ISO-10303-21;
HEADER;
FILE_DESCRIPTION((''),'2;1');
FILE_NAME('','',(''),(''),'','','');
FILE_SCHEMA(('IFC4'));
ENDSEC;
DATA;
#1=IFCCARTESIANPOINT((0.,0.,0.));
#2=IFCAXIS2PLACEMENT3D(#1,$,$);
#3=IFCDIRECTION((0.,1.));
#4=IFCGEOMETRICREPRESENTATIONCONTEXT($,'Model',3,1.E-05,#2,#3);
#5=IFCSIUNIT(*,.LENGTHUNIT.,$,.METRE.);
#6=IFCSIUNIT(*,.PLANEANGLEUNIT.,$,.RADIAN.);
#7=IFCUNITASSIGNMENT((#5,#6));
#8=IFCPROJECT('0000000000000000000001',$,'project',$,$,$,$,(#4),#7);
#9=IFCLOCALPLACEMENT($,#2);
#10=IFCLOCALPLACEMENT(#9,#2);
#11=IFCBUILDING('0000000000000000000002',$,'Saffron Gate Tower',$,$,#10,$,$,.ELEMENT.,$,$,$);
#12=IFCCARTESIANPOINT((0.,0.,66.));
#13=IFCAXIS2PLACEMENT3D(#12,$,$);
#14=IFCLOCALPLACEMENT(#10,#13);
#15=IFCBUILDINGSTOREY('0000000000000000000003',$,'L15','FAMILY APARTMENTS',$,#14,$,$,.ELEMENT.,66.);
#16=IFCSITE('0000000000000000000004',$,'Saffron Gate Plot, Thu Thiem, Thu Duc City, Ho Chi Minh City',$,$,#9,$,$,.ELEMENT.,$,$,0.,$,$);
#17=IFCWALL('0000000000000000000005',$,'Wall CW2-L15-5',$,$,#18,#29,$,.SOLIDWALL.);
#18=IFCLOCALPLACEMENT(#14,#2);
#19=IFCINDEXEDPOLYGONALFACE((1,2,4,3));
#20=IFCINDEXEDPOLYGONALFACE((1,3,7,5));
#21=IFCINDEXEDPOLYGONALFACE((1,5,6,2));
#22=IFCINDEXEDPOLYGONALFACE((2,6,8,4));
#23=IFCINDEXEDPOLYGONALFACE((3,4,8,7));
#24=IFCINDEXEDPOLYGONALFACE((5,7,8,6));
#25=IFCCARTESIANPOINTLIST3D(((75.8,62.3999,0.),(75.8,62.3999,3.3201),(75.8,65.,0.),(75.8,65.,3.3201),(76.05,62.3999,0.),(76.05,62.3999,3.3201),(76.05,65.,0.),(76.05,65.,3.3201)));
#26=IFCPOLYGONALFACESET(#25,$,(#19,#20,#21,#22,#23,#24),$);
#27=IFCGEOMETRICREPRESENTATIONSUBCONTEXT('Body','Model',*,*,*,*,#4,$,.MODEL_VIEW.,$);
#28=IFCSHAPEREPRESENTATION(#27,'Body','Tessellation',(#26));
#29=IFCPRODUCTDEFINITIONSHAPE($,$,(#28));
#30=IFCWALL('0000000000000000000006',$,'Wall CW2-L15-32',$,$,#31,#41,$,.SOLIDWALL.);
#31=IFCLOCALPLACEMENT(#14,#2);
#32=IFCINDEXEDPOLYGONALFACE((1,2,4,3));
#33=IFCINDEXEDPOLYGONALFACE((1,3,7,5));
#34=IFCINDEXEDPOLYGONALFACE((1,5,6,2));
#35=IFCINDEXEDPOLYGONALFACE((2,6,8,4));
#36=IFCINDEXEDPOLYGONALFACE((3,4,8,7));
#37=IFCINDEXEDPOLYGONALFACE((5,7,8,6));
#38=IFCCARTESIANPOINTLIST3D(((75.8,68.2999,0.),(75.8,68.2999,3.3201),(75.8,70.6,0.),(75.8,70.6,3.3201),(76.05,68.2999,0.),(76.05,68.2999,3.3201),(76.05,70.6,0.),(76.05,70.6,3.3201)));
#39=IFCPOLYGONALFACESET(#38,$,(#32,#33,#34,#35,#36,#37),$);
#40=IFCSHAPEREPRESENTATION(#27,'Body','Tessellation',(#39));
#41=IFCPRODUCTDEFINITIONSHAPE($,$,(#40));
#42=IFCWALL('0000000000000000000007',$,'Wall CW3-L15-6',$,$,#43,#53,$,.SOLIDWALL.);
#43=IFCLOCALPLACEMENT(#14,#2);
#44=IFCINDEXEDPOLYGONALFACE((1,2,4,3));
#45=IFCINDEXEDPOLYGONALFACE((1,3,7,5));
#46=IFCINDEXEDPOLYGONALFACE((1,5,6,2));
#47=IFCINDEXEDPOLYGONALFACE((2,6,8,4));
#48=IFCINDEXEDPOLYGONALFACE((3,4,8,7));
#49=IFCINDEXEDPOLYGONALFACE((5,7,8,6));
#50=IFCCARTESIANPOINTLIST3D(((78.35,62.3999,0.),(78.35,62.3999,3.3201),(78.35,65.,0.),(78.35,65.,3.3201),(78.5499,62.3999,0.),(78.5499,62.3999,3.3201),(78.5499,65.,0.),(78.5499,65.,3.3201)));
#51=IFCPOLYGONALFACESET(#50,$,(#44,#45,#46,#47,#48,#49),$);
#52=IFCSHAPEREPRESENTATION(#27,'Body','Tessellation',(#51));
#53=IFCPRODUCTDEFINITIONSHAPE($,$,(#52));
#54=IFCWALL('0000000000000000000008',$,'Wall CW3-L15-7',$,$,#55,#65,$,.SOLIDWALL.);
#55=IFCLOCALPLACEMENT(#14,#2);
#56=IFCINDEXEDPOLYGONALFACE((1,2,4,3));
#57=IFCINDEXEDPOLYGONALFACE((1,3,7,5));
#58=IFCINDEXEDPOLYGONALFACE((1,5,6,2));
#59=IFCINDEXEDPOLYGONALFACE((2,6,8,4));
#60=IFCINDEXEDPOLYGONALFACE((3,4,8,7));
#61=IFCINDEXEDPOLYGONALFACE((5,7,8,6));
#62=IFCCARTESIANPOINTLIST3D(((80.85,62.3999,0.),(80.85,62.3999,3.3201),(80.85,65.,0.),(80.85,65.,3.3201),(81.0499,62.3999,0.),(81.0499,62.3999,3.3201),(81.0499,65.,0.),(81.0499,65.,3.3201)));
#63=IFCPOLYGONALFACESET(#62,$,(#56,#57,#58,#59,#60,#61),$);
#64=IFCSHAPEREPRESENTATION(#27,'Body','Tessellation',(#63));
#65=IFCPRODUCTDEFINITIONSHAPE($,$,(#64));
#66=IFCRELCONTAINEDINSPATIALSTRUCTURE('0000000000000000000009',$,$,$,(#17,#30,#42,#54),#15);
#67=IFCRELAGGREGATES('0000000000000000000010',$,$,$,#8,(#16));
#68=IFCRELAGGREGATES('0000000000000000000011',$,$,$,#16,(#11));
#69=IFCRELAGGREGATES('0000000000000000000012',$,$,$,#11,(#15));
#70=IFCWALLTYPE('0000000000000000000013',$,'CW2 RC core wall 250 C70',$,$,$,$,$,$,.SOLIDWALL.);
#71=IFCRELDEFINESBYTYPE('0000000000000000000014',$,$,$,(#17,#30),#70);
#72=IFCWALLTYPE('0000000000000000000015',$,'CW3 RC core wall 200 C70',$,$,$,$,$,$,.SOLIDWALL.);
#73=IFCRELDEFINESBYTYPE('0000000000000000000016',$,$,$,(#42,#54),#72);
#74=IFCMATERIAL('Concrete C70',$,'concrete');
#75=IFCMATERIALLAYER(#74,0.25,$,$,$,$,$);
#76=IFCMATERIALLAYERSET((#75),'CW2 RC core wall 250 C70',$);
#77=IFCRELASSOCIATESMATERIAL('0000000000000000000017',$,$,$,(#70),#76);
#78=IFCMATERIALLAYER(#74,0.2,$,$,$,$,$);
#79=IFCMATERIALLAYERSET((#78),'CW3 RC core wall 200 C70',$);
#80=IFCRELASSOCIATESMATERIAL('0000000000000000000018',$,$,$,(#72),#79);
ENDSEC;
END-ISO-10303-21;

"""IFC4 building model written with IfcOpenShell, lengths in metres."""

from ifc_helpers import new_model, si_unit, direction, frame, frame_2d, origin, place, context, subcontext, project, spatial, rectangle, extrude, material, layer, layer_set, type_object, element, save


model = new_model("IFC4")

# Units and contexts
model_context = context("Model", 3, precision=1e-05, world=origin(), true_north=direction((0.0, 1.0)))
body_context = subcontext(model_context, "Body", "Model", "MODEL_VIEW")
ifc_project = project(units=[si_unit("LENGTHUNIT", "METRE"), si_unit("PLANEANGLEUNIT", "RADIAN")], contexts=[model_context])

# Site, building, storey
site_placement = place(None, origin())
site = spatial("IfcSite", under=ifc_project, at=site_placement, Name="Saffron Gate Plot, Thu Thiem, Thu Duc City, Ho Chi Minh City", CompositionType="ELEMENT", RefElevation=0.0)
building_placement = place(site_placement, origin())
building = spatial("IfcBuilding", under=site, at=building_placement, Name="Saffron Gate Tower", CompositionType="ELEMENT")
storey_placement = place(building_placement, frame((0.0, 0.0, 66.0)))
storey = spatial("IfcBuildingStorey", under=building, at=storey_placement, Name="L15", Description="FAMILY APARTMENTS", CompositionType="ELEMENT", Elevation=66.0)

# Walls
ifc_material_1 = material(Name="Concrete C70", Category="concrete")
ifc_layer_1 = layer(ifc_material_1, 0.25)
ifc_layer_set_1 = layer_set([ifc_layer_1], Name="CW2 RC core wall 250 C70")
wall_type_1 = type_object("IfcWallType", Name="CW2 RC core wall 250 C70", PredefinedType="SOLIDWALL", material=ifc_layer_set_1)
wall_1_placement = place(storey_placement, frame((75.925, 62.3999, 0.0), z_axis=(0.0, 0.0, 1.0), x_axis=(0.0, 1.0, 0.0)))
element("IfcWall", 1, at=wall_1_placement, inside=storey, type_object=wall_type_1, Name="Wall CW2-L15-5", PredefinedType="SOLIDWALL", context=body_context, shape_type="SweptSolid", body=[
    extrude(rectangle(XDim=2.6001, YDim=0.25, at=frame_2d((1.3, 0.0))), origin(), (0.0, 0.0, 1.0), 3.3201),
])
wall_2_placement = place(storey_placement, frame((75.925, 68.3, 0.0), z_axis=(0.0, 0.0, 1.0), x_axis=(0.0, 1.0, 0.0)))
element("IfcWall", 2, at=wall_2_placement, inside=storey, type_object=wall_type_1, Name="Wall CW2-L15-32", PredefinedType="SOLIDWALL", context=body_context, shape_type="SweptSolid", body=[
    extrude(rectangle(XDim=2.3, YDim=0.25, at=frame_2d((1.1499, 0.0))), origin(), (0.0, 0.0, 1.0), 3.3201),
])
ifc_layer_2 = layer(ifc_material_1, 0.2)
ifc_layer_set_2 = layer_set([ifc_layer_2], Name="CW3 RC core wall 200 C70")
wall_type_2 = type_object("IfcWallType", Name="CW3 RC core wall 200 C70", PredefinedType="SOLIDWALL", material=ifc_layer_set_2)
for number, where, z_axis, x_axis, name in (
    (3, (78.45, 62.3999, 0.0), (0.0, 0.0, 1.0), (0.0, 1.0, 0.0), "Wall CW3-L15-6"),
    (4, (80.95, 62.3999, 0.0), (0.0, 0.0, 1.0), (0.0, 1.0, 0.0), "Wall CW3-L15-7"),
):
    element("IfcWall", number, at=place(storey_placement, frame(where, z_axis=z_axis, x_axis=x_axis)), inside=storey, type_object=wall_type_2, Name=name, PredefinedType="SOLIDWALL", context=body_context, shape_type="SweptSolid", body=[
        extrude(rectangle(XDim=2.6001, YDim=0.2, at=frame_2d((1.3, 0.0))), origin(), (0.0, 0.0, 1.0), 3.3201),
    ])

save(model, "model.ifc")
